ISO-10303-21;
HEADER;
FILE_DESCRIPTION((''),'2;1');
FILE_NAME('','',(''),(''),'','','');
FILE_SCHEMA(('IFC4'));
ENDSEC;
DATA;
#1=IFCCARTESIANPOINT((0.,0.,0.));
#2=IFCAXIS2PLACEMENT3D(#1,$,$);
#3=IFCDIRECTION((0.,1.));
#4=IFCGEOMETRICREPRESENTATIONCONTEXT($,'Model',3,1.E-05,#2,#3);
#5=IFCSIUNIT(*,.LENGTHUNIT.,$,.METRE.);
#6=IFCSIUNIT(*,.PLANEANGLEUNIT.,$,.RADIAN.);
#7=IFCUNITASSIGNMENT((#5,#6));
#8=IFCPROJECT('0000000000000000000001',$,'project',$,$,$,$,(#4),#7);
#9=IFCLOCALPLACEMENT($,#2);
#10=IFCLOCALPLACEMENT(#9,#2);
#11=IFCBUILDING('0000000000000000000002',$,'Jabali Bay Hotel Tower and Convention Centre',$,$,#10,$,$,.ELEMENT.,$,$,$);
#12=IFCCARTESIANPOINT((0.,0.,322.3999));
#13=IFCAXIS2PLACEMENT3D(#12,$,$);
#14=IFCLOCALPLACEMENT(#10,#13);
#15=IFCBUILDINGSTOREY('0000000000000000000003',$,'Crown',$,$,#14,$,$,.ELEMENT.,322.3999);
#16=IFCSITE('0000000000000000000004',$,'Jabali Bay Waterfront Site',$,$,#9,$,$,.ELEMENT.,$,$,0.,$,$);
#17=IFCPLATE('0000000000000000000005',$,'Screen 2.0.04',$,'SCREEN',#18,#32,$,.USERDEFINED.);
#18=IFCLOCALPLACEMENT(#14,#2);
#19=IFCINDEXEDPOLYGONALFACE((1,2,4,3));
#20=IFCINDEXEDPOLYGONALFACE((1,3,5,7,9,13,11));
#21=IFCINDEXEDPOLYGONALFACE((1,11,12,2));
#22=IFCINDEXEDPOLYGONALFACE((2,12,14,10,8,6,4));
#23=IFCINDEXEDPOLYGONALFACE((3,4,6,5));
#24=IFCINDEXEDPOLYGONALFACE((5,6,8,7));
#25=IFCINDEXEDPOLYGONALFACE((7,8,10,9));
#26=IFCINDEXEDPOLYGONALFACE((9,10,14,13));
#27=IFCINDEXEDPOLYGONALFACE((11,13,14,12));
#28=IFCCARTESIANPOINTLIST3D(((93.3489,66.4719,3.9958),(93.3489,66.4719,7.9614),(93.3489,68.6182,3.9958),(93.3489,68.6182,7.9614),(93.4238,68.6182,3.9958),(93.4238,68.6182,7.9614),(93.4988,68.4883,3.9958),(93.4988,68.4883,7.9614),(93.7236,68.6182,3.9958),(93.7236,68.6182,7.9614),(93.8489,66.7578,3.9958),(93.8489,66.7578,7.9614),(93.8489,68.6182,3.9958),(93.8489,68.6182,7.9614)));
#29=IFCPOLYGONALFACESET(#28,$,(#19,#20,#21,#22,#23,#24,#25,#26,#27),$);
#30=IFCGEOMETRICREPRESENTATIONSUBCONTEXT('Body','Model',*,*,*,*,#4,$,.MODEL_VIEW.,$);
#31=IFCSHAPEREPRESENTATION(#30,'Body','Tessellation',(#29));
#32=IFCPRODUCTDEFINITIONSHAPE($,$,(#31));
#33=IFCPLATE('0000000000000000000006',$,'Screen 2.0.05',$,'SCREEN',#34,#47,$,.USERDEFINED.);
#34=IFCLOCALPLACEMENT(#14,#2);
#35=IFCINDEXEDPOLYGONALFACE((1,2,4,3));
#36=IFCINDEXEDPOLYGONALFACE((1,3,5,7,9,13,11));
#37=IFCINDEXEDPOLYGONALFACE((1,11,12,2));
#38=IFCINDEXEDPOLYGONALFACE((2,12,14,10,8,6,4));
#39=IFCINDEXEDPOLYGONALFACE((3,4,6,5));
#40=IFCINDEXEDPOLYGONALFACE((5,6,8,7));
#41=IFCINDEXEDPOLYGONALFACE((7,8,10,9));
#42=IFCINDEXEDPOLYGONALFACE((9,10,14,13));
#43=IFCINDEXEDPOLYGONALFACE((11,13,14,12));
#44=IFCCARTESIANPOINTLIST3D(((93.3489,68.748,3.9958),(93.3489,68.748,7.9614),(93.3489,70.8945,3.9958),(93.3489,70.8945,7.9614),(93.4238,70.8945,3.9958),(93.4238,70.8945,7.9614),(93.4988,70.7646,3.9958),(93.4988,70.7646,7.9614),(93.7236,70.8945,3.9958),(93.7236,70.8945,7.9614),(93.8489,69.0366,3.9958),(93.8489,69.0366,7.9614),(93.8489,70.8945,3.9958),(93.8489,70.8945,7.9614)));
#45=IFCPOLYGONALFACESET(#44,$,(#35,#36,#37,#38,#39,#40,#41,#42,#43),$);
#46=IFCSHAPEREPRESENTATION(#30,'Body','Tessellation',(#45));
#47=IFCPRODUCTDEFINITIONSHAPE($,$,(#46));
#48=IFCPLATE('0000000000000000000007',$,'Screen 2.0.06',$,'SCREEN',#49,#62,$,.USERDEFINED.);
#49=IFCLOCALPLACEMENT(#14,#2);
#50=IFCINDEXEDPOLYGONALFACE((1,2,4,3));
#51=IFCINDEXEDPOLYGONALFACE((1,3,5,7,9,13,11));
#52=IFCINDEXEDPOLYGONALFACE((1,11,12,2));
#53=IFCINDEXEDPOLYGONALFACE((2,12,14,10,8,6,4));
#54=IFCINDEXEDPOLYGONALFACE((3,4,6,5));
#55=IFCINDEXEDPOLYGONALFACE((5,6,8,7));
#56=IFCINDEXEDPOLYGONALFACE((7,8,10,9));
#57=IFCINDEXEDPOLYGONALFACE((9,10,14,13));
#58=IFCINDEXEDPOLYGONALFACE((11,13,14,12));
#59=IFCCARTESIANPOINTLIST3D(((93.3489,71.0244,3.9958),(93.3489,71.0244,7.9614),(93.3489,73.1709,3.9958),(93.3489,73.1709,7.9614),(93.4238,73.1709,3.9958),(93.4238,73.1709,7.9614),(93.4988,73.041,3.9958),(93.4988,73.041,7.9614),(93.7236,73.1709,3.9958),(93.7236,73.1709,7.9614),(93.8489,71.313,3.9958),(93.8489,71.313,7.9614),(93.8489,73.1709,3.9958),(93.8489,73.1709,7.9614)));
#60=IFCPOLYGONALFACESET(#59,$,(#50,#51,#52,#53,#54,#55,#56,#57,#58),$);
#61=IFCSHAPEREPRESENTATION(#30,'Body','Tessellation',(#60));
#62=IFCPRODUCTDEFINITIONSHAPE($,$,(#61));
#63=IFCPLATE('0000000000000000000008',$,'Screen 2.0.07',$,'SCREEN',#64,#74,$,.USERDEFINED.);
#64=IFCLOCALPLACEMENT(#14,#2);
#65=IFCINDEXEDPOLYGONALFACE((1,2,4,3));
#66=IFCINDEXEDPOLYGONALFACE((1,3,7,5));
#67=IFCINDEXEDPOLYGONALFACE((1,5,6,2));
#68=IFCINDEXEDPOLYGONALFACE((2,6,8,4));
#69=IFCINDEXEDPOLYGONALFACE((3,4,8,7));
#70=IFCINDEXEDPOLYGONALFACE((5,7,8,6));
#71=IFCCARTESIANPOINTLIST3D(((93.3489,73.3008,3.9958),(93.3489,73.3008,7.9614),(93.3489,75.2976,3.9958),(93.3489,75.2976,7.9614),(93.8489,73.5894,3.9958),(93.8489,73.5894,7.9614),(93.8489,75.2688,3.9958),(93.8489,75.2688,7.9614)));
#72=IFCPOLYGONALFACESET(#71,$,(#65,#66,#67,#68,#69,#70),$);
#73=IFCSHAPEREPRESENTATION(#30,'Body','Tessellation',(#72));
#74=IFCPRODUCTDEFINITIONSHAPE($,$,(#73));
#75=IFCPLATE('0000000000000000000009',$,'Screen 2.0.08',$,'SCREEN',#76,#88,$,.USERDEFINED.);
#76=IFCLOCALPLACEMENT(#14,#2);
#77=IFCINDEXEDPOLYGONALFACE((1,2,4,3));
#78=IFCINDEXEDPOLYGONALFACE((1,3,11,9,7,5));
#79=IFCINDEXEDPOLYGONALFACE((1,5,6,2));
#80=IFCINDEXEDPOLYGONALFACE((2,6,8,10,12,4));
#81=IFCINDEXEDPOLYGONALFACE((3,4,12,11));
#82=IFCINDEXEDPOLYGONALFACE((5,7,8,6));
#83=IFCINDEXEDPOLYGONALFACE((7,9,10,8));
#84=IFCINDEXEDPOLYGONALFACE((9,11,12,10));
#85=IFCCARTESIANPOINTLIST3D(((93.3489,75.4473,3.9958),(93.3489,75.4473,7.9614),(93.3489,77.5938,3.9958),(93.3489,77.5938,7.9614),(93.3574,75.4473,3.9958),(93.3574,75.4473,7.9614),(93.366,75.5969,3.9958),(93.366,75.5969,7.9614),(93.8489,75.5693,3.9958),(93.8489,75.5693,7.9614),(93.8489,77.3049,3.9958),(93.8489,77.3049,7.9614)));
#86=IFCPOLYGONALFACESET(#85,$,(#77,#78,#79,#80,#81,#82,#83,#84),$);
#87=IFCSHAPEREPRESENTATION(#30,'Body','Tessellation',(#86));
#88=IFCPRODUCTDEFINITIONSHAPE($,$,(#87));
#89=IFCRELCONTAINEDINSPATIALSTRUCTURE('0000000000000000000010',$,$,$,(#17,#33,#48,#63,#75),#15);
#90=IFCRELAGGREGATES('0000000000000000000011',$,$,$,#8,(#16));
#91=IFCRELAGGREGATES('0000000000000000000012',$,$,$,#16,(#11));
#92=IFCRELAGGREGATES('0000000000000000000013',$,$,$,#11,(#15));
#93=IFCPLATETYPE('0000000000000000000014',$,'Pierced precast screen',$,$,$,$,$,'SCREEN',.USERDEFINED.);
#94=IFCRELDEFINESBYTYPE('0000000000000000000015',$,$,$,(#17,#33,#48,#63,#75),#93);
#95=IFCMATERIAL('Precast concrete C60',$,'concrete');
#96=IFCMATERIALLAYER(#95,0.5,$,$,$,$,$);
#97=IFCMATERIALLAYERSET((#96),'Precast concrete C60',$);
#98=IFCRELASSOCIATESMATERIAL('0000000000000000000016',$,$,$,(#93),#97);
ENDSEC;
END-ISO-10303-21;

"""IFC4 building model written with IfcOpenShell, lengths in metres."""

from ifc_helpers import new_model, si_unit, direction, frame, origin, place, context, subcontext, project, spatial, polyline, outline, extrude, material, layer, layer_set, type_object, element, save


model = new_model("IFC4")

# Units and contexts
model_context = context("Model", 3, precision=1e-05, world=origin(), true_north=direction((0.0, 1.0)))
body_context = subcontext(model_context, "Body", "Model", "MODEL_VIEW")
ifc_project = project(units=[si_unit("LENGTHUNIT", "METRE"), si_unit("PLANEANGLEUNIT", "RADIAN")], contexts=[model_context])

# Site, building, storey
site_placement = place(None, origin())
site = spatial("IfcSite", under=ifc_project, at=site_placement, Name="Jabali Bay Waterfront Site", CompositionType="ELEMENT", RefElevation=0.0)
building_placement = place(site_placement, origin())
building = spatial("IfcBuilding", under=site, at=building_placement, Name="Jabali Bay Hotel Tower and Convention Centre", CompositionType="ELEMENT")
storey_placement = place(building_placement, frame((0.0, 0.0, 322.3999)))
storey = spatial("IfcBuildingStorey", under=building, at=storey_placement, Name="Crown", CompositionType="ELEMENT", Elevation=322.3999)

# Plates
ifc_material = material(Name="Precast concrete C60", Category="concrete")
ifc_layer = layer(ifc_material, 0.5)
ifc_layer_set = layer_set([ifc_layer], Name="Precast concrete C60")
plate_type = type_object("IfcPlateType", Name="Pierced precast screen", ElementType="SCREEN", PredefinedType="USERDEFINED", material=ifc_layer_set)
plate_1_placement = place(storey_placement, frame((0.0, 0.0, 3.9958)))
element("IfcPlate", 1, at=plate_1_placement, inside=storey, type_object=plate_type, Name="Screen 2.0.04", ObjectType="SCREEN", PredefinedType="USERDEFINED", context=body_context, shape_type="SweptSolid", body=[
    extrude(outline(polyline([(93.3489, 68.6182), (93.3489, 66.4719), (93.8489, 66.7578), (93.8489, 68.6182), (93.7236, 68.6182), (93.4988, 68.4883), (93.4238, 68.6182), (93.3489, 68.6182)])), origin(), (0.0, 0.0, 1.0), 3.9656),
])
plate_2_placement = place(storey_placement, frame((0.0, 0.0, 3.9958)))
element("IfcPlate", 2, at=plate_2_placement, inside=storey, type_object=plate_type, Name="Screen 2.0.05", ObjectType="SCREEN", PredefinedType="USERDEFINED", context=body_context, shape_type="SweptSolid", body=[
    extrude(outline(polyline([(93.3489, 70.8945), (93.3489, 68.748), (93.8489, 69.0366), (93.8489, 70.8945), (93.7236, 70.8945), (93.4988, 70.7646), (93.4238, 70.8945), (93.3489, 70.8945)])), origin(), (0.0, 0.0, 1.0), 3.9656),
])
plate_3_placement = place(storey_placement, frame((0.0, 0.0, 3.9958)))
element("IfcPlate", 3, at=plate_3_placement, inside=storey, type_object=plate_type, Name="Screen 2.0.06", ObjectType="SCREEN", PredefinedType="USERDEFINED", context=body_context, shape_type="SweptSolid", body=[
    extrude(outline(polyline([(93.3489, 73.1709), (93.3489, 71.0244), (93.8489, 71.313), (93.8489, 73.1709), (93.7236, 73.1709), (93.4988, 73.041), (93.4238, 73.1709), (93.3489, 73.1709)])), origin(), (0.0, 0.0, 1.0), 3.9656),
])
plate_4_placement = place(storey_placement, frame((0.0, 0.0, 3.9958)))
element("IfcPlate", 4, at=plate_4_placement, inside=storey, type_object=plate_type, Name="Screen 2.0.07", ObjectType="SCREEN", PredefinedType="USERDEFINED", context=body_context, shape_type="SweptSolid", body=[
    extrude(outline(polyline([(93.3489, 75.2976), (93.3489, 73.3008), (93.8489, 73.5894), (93.8489, 75.2688), (93.3489, 75.2976)])), origin(), (0.0, 0.0, 1.0), 3.9656),
])
plate_5_placement = place(storey_placement, frame((0.0, 0.0, 3.9958)))
element("IfcPlate", 5, at=plate_5_placement, inside=storey, type_object=plate_type, Name="Screen 2.0.08", ObjectType="SCREEN", PredefinedType="USERDEFINED", context=body_context, shape_type="SweptSolid", body=[
    extrude(outline(polyline([(93.3489, 77.5938), (93.3489, 75.4473), (93.3574, 75.4473), (93.366, 75.5969), (93.8489, 75.5693), (93.8489, 77.3049), (93.3489, 77.5938)])), origin(), (0.0, 0.0, 1.0), 3.9656),
])

save(model, "model.ifc")
